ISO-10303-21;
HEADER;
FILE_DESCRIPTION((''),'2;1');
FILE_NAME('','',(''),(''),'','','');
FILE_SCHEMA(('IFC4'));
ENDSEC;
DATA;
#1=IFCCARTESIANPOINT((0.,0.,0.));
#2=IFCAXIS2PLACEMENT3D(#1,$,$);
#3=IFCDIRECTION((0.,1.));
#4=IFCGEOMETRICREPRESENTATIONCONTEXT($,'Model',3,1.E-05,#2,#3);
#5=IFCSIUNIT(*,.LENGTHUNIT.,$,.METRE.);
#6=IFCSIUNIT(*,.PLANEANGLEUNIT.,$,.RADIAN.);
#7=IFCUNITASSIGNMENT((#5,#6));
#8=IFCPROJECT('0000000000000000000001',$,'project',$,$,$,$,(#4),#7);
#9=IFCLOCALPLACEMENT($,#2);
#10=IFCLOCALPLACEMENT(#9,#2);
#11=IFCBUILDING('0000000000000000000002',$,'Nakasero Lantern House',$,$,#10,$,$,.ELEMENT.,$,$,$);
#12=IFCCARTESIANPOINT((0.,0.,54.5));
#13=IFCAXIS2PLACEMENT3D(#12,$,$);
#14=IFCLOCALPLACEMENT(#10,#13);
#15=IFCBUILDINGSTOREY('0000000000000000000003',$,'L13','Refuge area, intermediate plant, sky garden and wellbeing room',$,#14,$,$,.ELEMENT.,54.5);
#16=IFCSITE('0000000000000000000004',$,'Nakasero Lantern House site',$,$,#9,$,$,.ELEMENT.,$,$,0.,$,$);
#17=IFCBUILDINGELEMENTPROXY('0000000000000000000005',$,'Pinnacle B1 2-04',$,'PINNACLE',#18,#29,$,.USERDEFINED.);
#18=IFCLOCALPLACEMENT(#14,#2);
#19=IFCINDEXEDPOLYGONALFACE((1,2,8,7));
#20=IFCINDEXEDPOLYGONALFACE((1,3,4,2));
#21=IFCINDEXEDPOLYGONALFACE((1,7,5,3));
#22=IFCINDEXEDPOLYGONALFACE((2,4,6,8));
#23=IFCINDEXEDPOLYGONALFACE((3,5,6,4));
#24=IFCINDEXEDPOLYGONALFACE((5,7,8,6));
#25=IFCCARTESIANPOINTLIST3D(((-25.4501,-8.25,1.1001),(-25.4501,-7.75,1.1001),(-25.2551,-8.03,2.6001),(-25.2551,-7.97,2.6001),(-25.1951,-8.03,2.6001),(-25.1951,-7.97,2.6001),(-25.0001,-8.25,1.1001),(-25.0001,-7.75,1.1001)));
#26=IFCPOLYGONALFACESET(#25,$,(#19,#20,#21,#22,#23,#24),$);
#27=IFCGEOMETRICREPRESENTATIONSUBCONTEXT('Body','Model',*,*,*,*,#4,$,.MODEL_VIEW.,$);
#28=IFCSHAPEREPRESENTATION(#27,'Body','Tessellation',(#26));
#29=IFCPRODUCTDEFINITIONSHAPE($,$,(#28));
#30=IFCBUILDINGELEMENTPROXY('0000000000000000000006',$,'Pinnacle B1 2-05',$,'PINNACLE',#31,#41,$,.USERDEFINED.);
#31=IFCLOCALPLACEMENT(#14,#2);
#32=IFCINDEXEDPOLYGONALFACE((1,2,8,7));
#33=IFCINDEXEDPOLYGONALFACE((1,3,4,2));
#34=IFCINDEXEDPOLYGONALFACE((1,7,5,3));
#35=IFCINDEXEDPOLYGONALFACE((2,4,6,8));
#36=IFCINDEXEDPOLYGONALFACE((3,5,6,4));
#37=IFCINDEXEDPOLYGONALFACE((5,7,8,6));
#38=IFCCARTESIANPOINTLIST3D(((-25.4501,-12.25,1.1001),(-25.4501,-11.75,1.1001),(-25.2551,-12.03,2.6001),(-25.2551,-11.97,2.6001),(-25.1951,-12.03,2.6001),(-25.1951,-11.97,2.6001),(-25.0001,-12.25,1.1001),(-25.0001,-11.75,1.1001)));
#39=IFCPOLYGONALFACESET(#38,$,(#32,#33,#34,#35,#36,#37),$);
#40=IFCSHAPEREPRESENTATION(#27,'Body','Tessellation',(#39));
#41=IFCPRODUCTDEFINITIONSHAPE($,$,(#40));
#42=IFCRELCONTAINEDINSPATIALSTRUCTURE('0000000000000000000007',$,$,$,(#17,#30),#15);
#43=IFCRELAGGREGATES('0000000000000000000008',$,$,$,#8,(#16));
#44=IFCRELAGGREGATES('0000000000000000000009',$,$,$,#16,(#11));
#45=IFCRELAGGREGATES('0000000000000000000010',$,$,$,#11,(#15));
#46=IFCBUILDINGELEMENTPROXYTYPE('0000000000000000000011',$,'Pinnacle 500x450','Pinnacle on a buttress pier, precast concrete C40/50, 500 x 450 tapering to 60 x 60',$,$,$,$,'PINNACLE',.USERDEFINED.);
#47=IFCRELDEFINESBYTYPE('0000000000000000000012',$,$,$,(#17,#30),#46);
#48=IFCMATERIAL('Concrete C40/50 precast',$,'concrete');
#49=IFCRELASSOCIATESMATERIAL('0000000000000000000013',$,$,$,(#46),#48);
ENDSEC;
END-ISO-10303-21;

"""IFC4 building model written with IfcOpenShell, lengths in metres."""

from ifc_helpers import new_model, entity, si_unit, direction, frame, origin, place, context, subcontext, project, spatial, material, type_object, element, save


model = new_model("IFC4")

# Units and contexts
model_context = context("Model", 3, precision=1e-05, world=origin(), true_north=direction((0.0, 1.0)))
body_context = subcontext(model_context, "Body", "Model", "MODEL_VIEW")
ifc_project = project(units=[si_unit("LENGTHUNIT", "METRE"), si_unit("PLANEANGLEUNIT", "RADIAN")], contexts=[model_context])

# Site, building, storey
site_placement = place(None, origin())
site = spatial("IfcSite", under=ifc_project, at=site_placement, Name="Nakasero Lantern House site", CompositionType="ELEMENT", RefElevation=0.0)
building_placement = place(site_placement, origin())
building = spatial("IfcBuilding", under=site, at=building_placement, Name="Nakasero Lantern House", CompositionType="ELEMENT")
storey_placement = place(building_placement, frame((0.0, 0.0, 54.5)))
storey = spatial("IfcBuildingStorey", under=building, at=storey_placement, Name="L13", Description="Refuge area, intermediate plant, sky garden and wellbeing room", CompositionType="ELEMENT", Elevation=54.5)

# Building element proxies
ifc_material_1 = material(Name="Concrete C40/50 precast", Category="concrete")
building_element_proxy_type = type_object("IfcBuildingElementProxyType", Name="Pinnacle 500x450", Description="Pinnacle on a buttress pier, precast concrete C40/50, 500 x 450 tapering to 60 x 60", ElementType="PINNACLE", PredefinedType="USERDEFINED", material=ifc_material_1)
for number, where, z_axis, x_axis, name in (
    (1, (-25.2251, -8.0, 1.1001), (0.0, 0.0, 1.0), (-1.0, 0.0, 0.0), "Pinnacle B1 2-04"),
    (2, (-25.2251, -12.0, 1.1001), (0.0, 0.0, 1.0), (-1.0, 0.0, 0.0), "Pinnacle B1 2-05"),
):
    element("IfcBuildingElementProxy", number, at=place(storey_placement, frame(where, z_axis=z_axis, x_axis=x_axis)), inside=storey, type_object=building_element_proxy_type, Name=name, ObjectType="PINNACLE", PredefinedType="USERDEFINED", context=body_context, shape_type="SweptSolid", body=[
        entity("IfcExtrudedAreaSolidTapered", entity("IfcRectangleProfileDef", "AREA", None, entity("IfcAxis2Placement2D", entity("IfcCartesianPoint", [0.0, 0.0])), 0.45, 0.5), entity("IfcAxis2Placement3D", entity("IfcCartesianPoint", [0.0, 0.0, 0.0])), entity("IfcDirection", [0.0, 0.0, 1.0]), 1.5, entity("IfcRectangleProfileDef", "AREA", None, entity("IfcAxis2Placement2D", entity("IfcCartesianPoint", [0.0, 0.0])), 0.0601, 0.0601)),
    ])

save(model, "model.ifc")
